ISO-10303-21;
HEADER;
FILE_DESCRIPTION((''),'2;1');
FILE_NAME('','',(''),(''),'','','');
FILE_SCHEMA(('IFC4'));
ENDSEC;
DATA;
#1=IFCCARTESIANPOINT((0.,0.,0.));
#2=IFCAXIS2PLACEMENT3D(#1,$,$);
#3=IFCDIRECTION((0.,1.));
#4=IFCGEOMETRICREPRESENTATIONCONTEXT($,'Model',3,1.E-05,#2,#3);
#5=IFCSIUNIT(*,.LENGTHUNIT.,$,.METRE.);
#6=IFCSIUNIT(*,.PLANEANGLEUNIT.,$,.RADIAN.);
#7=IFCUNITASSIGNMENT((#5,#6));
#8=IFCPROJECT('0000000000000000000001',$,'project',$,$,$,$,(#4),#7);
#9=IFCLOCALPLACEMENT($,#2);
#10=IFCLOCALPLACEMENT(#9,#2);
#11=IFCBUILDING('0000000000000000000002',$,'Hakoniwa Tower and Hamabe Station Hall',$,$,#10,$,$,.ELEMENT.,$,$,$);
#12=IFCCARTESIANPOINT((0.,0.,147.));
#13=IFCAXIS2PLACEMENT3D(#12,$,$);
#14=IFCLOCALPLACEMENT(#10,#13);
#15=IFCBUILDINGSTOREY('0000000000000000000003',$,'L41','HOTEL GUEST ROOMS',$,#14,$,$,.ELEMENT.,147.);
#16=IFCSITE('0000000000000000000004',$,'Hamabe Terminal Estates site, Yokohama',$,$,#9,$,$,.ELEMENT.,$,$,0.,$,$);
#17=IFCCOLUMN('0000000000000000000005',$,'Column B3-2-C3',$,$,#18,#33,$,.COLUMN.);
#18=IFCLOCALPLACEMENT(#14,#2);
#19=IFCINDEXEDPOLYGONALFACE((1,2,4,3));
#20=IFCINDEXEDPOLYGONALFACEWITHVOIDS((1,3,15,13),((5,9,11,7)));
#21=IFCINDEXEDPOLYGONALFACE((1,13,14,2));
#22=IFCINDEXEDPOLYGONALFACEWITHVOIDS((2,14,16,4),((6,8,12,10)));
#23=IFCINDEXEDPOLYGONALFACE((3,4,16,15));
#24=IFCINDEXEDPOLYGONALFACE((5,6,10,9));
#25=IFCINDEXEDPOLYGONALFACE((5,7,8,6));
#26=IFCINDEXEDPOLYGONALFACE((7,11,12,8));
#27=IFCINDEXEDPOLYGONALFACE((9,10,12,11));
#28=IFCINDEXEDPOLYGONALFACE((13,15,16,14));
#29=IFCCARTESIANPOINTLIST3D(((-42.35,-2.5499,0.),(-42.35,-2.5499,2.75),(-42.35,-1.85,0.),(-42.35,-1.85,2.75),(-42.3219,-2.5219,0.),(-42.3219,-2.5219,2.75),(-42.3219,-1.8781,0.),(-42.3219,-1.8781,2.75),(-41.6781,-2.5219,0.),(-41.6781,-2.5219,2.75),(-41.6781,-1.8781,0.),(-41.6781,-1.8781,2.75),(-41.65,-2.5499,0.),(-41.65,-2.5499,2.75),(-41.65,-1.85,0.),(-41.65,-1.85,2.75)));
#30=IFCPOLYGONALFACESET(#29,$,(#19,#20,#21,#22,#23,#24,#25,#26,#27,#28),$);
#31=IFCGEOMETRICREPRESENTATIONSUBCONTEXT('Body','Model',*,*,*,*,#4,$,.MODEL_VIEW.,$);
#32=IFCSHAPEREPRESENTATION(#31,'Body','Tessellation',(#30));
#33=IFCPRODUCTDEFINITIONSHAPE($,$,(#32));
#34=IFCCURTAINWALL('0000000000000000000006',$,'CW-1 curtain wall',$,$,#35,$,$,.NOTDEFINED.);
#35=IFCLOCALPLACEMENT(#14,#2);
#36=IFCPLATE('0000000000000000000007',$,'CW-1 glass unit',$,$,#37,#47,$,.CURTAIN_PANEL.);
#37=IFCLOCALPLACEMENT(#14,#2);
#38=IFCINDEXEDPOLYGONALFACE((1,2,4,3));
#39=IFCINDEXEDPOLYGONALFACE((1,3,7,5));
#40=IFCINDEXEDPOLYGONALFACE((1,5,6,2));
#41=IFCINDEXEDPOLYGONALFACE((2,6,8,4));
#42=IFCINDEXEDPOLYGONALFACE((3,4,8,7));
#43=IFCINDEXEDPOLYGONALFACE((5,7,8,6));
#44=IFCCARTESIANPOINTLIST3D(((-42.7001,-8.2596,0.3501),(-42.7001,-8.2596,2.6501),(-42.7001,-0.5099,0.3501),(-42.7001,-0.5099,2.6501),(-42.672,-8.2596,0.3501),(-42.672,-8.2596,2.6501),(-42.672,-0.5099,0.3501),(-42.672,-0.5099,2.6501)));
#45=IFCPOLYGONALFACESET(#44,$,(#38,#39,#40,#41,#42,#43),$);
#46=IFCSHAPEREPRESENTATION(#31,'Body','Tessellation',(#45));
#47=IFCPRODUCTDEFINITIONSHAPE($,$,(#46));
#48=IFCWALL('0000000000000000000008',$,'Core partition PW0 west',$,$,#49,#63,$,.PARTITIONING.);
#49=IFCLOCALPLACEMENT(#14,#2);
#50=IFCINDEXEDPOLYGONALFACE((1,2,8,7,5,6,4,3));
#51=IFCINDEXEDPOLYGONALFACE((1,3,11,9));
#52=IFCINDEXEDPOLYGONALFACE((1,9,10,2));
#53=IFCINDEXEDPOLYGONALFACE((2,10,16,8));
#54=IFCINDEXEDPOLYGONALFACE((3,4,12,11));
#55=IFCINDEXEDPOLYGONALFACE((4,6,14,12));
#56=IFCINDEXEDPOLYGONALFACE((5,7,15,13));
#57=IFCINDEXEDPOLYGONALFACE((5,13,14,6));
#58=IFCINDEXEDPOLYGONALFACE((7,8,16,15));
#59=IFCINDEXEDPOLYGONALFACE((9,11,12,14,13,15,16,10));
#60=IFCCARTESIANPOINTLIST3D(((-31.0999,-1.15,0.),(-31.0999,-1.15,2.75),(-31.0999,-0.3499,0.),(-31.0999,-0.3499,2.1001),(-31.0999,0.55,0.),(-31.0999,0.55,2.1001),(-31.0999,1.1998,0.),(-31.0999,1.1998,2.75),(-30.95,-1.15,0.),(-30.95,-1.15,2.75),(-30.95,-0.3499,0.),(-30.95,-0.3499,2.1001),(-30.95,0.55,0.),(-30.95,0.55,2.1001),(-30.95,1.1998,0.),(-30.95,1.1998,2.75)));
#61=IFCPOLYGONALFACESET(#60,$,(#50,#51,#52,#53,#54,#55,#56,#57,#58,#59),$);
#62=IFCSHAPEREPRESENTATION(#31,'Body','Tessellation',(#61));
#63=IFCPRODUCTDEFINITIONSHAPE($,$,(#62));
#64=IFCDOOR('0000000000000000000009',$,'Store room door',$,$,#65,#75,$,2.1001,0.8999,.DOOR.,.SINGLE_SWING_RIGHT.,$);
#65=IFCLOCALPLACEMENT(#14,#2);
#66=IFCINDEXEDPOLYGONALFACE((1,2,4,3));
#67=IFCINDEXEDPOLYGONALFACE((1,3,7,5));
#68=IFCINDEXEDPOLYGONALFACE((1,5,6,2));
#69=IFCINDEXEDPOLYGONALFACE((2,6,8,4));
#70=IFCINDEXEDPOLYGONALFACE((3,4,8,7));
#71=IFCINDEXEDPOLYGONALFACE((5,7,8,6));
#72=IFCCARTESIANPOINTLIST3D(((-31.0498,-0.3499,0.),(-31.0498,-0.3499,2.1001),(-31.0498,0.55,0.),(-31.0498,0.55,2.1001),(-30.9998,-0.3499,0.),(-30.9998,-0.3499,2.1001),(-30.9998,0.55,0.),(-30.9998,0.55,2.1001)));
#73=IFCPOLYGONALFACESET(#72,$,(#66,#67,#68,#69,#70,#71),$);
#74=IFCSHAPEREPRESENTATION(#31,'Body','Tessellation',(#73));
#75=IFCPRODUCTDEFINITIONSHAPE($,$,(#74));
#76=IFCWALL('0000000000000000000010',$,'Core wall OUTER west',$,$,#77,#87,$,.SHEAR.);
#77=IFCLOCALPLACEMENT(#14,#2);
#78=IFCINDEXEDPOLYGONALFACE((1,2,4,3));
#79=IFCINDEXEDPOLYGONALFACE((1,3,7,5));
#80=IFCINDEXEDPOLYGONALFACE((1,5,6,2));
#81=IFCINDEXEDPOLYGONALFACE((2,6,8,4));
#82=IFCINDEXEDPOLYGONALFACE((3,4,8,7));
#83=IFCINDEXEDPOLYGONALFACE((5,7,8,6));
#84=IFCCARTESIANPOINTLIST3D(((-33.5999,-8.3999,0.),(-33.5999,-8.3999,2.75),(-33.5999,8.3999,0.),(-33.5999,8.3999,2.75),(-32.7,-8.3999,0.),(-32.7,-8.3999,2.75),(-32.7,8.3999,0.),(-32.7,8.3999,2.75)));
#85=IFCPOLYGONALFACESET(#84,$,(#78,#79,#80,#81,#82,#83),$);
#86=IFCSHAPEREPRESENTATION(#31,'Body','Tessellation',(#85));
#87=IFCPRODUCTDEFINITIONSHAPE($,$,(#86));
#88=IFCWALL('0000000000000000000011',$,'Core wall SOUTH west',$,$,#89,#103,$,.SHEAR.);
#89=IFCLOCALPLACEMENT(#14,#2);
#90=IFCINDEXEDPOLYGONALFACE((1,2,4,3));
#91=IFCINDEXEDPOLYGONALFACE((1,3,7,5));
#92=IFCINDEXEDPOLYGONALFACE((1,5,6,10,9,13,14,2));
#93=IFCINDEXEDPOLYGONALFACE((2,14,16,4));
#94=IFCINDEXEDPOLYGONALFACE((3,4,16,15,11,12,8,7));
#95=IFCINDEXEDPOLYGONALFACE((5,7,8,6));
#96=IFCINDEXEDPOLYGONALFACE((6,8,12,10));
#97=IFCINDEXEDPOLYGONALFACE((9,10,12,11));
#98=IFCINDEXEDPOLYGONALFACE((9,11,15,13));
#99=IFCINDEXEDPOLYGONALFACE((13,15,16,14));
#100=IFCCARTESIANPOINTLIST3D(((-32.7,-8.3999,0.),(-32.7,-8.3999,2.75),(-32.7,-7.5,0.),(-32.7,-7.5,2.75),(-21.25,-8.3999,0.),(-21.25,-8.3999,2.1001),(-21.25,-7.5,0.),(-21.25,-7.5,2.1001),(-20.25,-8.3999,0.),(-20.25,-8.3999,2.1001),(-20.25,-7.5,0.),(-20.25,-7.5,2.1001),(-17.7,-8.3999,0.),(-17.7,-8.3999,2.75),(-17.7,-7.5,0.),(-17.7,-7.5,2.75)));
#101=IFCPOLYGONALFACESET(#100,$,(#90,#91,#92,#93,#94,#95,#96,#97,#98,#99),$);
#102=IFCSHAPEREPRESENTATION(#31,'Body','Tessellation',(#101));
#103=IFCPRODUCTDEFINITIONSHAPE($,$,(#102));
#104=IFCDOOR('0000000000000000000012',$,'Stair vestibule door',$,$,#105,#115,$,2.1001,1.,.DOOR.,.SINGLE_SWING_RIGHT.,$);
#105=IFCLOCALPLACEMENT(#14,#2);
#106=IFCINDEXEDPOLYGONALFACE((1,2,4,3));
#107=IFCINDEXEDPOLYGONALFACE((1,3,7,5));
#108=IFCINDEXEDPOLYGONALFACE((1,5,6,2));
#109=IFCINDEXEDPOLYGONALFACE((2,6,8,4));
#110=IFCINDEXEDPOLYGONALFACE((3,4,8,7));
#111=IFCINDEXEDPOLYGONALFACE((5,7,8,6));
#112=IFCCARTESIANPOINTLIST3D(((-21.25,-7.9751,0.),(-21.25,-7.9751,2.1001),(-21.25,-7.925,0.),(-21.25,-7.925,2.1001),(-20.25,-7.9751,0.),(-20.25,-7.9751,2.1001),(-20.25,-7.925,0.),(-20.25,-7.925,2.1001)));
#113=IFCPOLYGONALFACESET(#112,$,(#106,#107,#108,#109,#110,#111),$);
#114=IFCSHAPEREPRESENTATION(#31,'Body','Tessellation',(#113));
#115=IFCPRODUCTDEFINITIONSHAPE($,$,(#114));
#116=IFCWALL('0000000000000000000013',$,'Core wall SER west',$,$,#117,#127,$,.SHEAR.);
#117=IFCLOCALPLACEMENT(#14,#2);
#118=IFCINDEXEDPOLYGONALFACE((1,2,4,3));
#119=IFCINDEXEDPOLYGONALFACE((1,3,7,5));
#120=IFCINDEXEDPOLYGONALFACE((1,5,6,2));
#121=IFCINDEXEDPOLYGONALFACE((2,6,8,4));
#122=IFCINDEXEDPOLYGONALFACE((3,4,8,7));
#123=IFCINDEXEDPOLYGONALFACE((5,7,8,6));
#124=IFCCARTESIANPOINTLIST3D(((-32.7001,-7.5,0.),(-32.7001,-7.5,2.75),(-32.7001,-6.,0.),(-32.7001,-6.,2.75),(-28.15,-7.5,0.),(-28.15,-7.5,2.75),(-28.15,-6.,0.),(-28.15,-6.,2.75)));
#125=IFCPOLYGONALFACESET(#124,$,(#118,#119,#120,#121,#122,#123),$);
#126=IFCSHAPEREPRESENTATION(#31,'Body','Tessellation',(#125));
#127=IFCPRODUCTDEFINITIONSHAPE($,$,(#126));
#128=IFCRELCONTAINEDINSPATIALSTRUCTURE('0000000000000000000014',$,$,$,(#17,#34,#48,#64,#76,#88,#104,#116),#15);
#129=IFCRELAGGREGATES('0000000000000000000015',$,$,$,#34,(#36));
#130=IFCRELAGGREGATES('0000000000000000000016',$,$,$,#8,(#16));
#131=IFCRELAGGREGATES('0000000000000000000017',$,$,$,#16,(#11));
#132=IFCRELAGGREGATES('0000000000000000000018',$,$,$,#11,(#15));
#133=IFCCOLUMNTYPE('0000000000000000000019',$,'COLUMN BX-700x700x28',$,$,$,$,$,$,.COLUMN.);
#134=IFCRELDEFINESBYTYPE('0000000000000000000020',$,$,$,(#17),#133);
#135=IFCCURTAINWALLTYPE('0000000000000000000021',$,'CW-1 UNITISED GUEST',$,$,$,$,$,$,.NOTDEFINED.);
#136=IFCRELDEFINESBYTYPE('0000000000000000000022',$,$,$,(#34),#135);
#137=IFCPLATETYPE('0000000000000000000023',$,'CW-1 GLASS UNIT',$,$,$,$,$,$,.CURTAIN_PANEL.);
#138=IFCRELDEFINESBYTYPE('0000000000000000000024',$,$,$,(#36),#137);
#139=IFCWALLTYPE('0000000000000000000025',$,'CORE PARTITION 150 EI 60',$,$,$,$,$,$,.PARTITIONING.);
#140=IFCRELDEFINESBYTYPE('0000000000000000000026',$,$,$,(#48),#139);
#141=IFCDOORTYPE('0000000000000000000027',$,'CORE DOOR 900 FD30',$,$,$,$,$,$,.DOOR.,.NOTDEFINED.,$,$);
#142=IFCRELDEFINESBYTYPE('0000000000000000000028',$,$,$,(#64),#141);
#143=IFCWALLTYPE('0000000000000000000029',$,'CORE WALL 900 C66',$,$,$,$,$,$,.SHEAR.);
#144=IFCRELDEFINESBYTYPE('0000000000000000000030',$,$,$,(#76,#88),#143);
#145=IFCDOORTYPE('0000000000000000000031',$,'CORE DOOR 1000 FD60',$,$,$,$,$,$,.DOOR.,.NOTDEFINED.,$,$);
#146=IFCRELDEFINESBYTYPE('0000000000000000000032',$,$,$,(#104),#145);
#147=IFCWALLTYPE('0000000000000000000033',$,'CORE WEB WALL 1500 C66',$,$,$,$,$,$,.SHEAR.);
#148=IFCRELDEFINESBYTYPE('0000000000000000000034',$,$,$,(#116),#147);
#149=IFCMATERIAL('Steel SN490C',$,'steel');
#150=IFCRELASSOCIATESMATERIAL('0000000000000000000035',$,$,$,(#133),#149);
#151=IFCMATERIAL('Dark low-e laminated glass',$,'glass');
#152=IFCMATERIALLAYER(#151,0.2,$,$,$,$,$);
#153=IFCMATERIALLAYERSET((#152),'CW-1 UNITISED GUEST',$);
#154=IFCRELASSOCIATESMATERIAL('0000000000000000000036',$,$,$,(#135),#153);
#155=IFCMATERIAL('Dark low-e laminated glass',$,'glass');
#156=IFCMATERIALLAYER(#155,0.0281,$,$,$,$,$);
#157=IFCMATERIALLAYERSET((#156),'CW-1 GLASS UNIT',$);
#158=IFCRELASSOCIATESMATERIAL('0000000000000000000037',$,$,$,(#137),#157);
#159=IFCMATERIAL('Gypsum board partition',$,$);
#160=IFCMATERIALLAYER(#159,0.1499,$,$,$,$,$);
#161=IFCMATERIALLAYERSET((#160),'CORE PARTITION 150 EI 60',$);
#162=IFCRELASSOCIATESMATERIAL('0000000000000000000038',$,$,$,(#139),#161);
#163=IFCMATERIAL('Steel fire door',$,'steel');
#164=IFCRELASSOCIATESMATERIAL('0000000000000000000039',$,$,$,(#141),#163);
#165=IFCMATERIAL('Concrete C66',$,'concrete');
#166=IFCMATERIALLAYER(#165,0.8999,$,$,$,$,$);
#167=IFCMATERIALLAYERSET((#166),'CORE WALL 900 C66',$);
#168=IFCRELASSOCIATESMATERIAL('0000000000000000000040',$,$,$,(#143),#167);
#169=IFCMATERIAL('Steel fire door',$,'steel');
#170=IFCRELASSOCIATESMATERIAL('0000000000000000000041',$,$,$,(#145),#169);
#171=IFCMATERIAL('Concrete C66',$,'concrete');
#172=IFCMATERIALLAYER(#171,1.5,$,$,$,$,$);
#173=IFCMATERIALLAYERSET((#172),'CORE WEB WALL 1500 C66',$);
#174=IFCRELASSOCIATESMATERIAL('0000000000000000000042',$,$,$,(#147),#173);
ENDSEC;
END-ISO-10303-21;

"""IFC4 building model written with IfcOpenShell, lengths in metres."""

from ifc_helpers import new_model, si_unit, direction, frame, frame_2d, origin, origin_2d, place, context, subcontext, project, spatial, rectangle, hollow_rectangle, extrude, material, layer, layer_set, material_profile, profile_set, type_object, element, fill, aggregate, save


model = new_model("IFC4")

# Units and contexts
model_context = context("Model", 3, precision=1e-05, world=origin(), true_north=direction((0.0, 1.0)))
body_context = subcontext(model_context, "Body", "Model", "MODEL_VIEW")
ifc_project = project(units=[si_unit("LENGTHUNIT", "METRE"), si_unit("PLANEANGLEUNIT", "RADIAN")], contexts=[model_context])

# Site, building, storey
site_placement = place(None, origin())
site = spatial("IfcSite", under=ifc_project, at=site_placement, Name="Hamabe Terminal Estates site, Yokohama", CompositionType="ELEMENT", RefElevation=0.0)
building_placement = place(site_placement, origin())
building = spatial("IfcBuilding", under=site, at=building_placement, Name="Hakoniwa Tower and Hamabe Station Hall", CompositionType="ELEMENT")
storey_placement = place(building_placement, frame((0.0, 0.0, 147.0)))
storey = spatial("IfcBuildingStorey", under=building, at=storey_placement, Name="L41", Description="HOTEL GUEST ROOMS", CompositionType="ELEMENT", Elevation=147.0)

# Column
ifc_material_1 = material(Name="Steel SN490C", Category="steel")
ifc_material_profile = material_profile(ifc_material_1, hollow_rectangle(XDim=0.7, YDim=0.7, WallThickness=0.0281, at=origin_2d()), Name="BX-700x700x28")
ifc_profile_set = profile_set([ifc_material_profile], Name="Steel SN490C")
column_type = type_object("IfcColumnType", Name="COLUMN BX-700x700x28", PredefinedType="COLUMN", material=ifc_profile_set)
column_placement = place(storey_placement, frame((-42.0, -2.2, 0.0), z_axis=(0.0, 0.0, 1.0), x_axis=(1.0, 0.0, 0.0)))
element("IfcColumn", 1, at=column_placement, inside=storey, type_object=column_type, Name="Column B3-2-C3", PredefinedType="COLUMN", context=body_context, shape_type="SweptSolid", body=[
    extrude(hollow_rectangle(XDim=0.7, YDim=0.7, WallThickness=0.0281, at=origin_2d()), origin(), (0.0, 0.0, 1.0), 2.75),
])

# Curtain wall, plate
ifc_material_2 = material(Name="Dark low-e laminated glass", Category="glass")
ifc_layer_1 = layer(ifc_material_2, 0.2)
ifc_layer_set_1 = layer_set([ifc_layer_1], Name="CW-1 UNITISED GUEST")
curtain_wall_type = type_object("IfcCurtainWallType", Name="CW-1 UNITISED GUEST", PredefinedType="NOTDEFINED", material=ifc_layer_set_1)
curtain_wall_placement = place(storey_placement, origin())
curtain_wall = element("IfcCurtainWall", 2, at=curtain_wall_placement, inside=storey, type_object=curtain_wall_type, Name="CW-1 curtain wall", PredefinedType="NOTDEFINED")
ifc_material_3 = material(Name="Dark low-e laminated glass", Category="glass")
ifc_layer_2 = layer(ifc_material_3, 0.0281)
ifc_layer_set_2 = layer_set([ifc_layer_2], Name="CW-1 GLASS UNIT")
plate_type = type_object("IfcPlateType", Name="CW-1 GLASS UNIT", PredefinedType="CURTAIN_PANEL", material=ifc_layer_set_2)
plate_placement = place(storey_placement, frame((-42.686, -4.3848, 0.3501), z_axis=(0.0, 0.0, 1.0), x_axis=(0.0, -1.0, 0.0)))
plate = element("IfcPlate", 3, at=plate_placement, type_object=plate_type, Name="CW-1 glass unit", PredefinedType="CURTAIN_PANEL", context=body_context, shape_type="SweptSolid", body=[
    extrude(rectangle(XDim=7.7498, YDim=0.0281, at=origin_2d()), origin(), (0.0, 0.0, 1.0), 2.3),
])
aggregate(curtain_wall, [plate])

# Wall, opening, door
ifc_material_4 = material(Name="Gypsum board partition")
ifc_layer_3 = layer(ifc_material_4, 0.1499)
ifc_layer_set_3 = layer_set([ifc_layer_3], Name="CORE PARTITION 150 EI 60")
wall_type_1 = type_object("IfcWallType", Name="CORE PARTITION 150 EI 60", PredefinedType="PARTITIONING", material=ifc_layer_set_3)
wall_1_placement = place(storey_placement, frame((-31.0249, -1.1499, 0.0), z_axis=(0.0, 0.0, 1.0), x_axis=(0.0, 1.0, 0.0)))
wall_1 = element("IfcWall", 4, at=wall_1_placement, inside=storey, type_object=wall_type_1, Name="Core partition PW0 west", PredefinedType="PARTITIONING", context=body_context, shape_type="SweptSolid", body=[
    extrude(rectangle(XDim=2.3499, YDim=0.1499, at=frame_2d((1.1748, 0.0))), origin(), (0.0, 0.0, 1.0), 2.75),
])
opening_1_placement = place(wall_1_placement, frame((0.8, 0.0, 0.0)))
opening_1 = element("IfcOpeningElement", 5, at=opening_1_placement, cuts=wall_1, PredefinedType="OPENING", context=body_context, shape_type="SweptSolid", body=[
    extrude(rectangle(XDim=0.8999, YDim=2.1001, at=frame_2d((0.45, 1.05))), frame((0.0, 0.085, 0.0), z_axis=(0.0, -1.0, 0.0), x_axis=(1.0, 0.0, 0.0)), (0.0, 0.0, 1.0), 0.1699),
])
ifc_material_5 = material(Name="Steel fire door", Category="steel")
door_type_1 = type_object("IfcDoorType", Name="CORE DOOR 900 FD30", OperationType="NOTDEFINED", PredefinedType="DOOR", material=ifc_material_5)
door_1_placement = place(opening_1_placement, origin())
door_1 = element("IfcDoor", 6, at=door_1_placement, inside=storey, type_object=door_type_1, Name="Store room door", OperationType="SINGLE_SWING_RIGHT", OverallHeight=2.1001, OverallWidth=0.8999, PredefinedType="DOOR", context=body_context, shape_type="SweptSolid", body=[
    extrude(rectangle(XDim=0.8999, YDim=2.1001, at=frame_2d((0.45, 1.05))), frame((0.0, 0.0249, 0.0), z_axis=(0.0, -1.0, 0.0), x_axis=(1.0, 0.0, 0.0)), (0.0, 0.0, 1.0), 0.05),
])
fill(opening_1, door_1)

# Wall
ifc_material_6 = material(Name="Concrete C66", Category="concrete")
ifc_layer_4 = layer(ifc_material_6, 0.8999)
ifc_layer_set_4 = layer_set([ifc_layer_4], Name="CORE WALL 900 C66")
wall_type_2 = type_object("IfcWallType", Name="CORE WALL 900 C66", PredefinedType="SHEAR", material=ifc_layer_set_4)
wall_2_placement = place(storey_placement, frame((-33.1499, -8.3999, 0.0), z_axis=(0.0, 0.0, 1.0), x_axis=(0.0, 1.0, 0.0)))
element("IfcWall", 7, at=wall_2_placement, inside=storey, type_object=wall_type_2, Name="Core wall OUTER west", PredefinedType="SHEAR", context=body_context, shape_type="SweptSolid", body=[
    extrude(rectangle(XDim=16.7998, YDim=0.8999, at=frame_2d((8.3999, 0.0))), origin(), (0.0, 0.0, 1.0), 2.75),
])

# Wall, opening, door
wall_3_placement = place(storey_placement, frame((-32.7, -7.95, 0.0), z_axis=(0.0, 0.0, 1.0), x_axis=(1.0, 0.0, 0.0)))
wall_3 = element("IfcWall", 8, at=wall_3_placement, inside=storey, type_object=wall_type_2, Name="Core wall SOUTH west", PredefinedType="SHEAR", context=body_context, shape_type="SweptSolid", body=[
    extrude(rectangle(XDim=15.0, YDim=0.8999, at=frame_2d((7.5, 0.0))), origin(), (0.0, 0.0, 1.0), 2.75),
])
opening_2_placement = place(wall_3_placement, frame((11.45, 0.0, 0.0)))
opening_2 = element("IfcOpeningElement", 9, at=opening_2_placement, cuts=wall_3, PredefinedType="OPENING", context=body_context, shape_type="SweptSolid", body=[
    extrude(rectangle(XDim=1.0, YDim=2.1001, at=frame_2d((0.5, 1.05))), frame((0.0, 0.46, 0.0), z_axis=(0.0, -1.0, 0.0), x_axis=(1.0, 0.0, 0.0)), (0.0, 0.0, 1.0), 0.9199),
])
ifc_material_7 = material(Name="Steel fire door", Category="steel")
door_type_2 = type_object("IfcDoorType", Name="CORE DOOR 1000 FD60", OperationType="NOTDEFINED", PredefinedType="DOOR", material=ifc_material_7)
door_2_placement = place(opening_2_placement, origin())
door_2 = element("IfcDoor", 10, at=door_2_placement, inside=storey, type_object=door_type_2, Name="Stair vestibule door", OperationType="SINGLE_SWING_RIGHT", OverallHeight=2.1001, OverallWidth=1.0, PredefinedType="DOOR", context=body_context, shape_type="SweptSolid", body=[
    extrude(rectangle(XDim=1.0, YDim=2.1001, at=frame_2d((0.5, 1.05))), frame((0.0, 0.0249, 0.0), z_axis=(0.0, -1.0, 0.0), x_axis=(1.0, 0.0, 0.0)), (0.0, 0.0, 1.0), 0.05),
])
fill(opening_2, door_2)

# Wall
ifc_material_8 = material(Name="Concrete C66", Category="concrete")
ifc_layer_5 = layer(ifc_material_8, 1.5)
ifc_layer_set_5 = layer_set([ifc_layer_5], Name="CORE WEB WALL 1500 C66")
wall_type_3 = type_object("IfcWallType", Name="CORE WEB WALL 1500 C66", PredefinedType="SHEAR", material=ifc_layer_set_5)
wall_4_placement = place(storey_placement, frame((-32.7, -6.75, 0.0), z_axis=(0.0, 0.0, 1.0), x_axis=(1.0, 0.0, 0.0)))
element("IfcWall", 11, at=wall_4_placement, inside=storey, type_object=wall_type_3, Name="Core wall SER west", PredefinedType="SHEAR", context=body_context, shape_type="SweptSolid", body=[
    extrude(rectangle(XDim=4.55, YDim=1.5, at=frame_2d((2.2749, 0.0))), origin(), (0.0, 0.0, 1.0), 2.75),
])

save(model, "model.ifc")
